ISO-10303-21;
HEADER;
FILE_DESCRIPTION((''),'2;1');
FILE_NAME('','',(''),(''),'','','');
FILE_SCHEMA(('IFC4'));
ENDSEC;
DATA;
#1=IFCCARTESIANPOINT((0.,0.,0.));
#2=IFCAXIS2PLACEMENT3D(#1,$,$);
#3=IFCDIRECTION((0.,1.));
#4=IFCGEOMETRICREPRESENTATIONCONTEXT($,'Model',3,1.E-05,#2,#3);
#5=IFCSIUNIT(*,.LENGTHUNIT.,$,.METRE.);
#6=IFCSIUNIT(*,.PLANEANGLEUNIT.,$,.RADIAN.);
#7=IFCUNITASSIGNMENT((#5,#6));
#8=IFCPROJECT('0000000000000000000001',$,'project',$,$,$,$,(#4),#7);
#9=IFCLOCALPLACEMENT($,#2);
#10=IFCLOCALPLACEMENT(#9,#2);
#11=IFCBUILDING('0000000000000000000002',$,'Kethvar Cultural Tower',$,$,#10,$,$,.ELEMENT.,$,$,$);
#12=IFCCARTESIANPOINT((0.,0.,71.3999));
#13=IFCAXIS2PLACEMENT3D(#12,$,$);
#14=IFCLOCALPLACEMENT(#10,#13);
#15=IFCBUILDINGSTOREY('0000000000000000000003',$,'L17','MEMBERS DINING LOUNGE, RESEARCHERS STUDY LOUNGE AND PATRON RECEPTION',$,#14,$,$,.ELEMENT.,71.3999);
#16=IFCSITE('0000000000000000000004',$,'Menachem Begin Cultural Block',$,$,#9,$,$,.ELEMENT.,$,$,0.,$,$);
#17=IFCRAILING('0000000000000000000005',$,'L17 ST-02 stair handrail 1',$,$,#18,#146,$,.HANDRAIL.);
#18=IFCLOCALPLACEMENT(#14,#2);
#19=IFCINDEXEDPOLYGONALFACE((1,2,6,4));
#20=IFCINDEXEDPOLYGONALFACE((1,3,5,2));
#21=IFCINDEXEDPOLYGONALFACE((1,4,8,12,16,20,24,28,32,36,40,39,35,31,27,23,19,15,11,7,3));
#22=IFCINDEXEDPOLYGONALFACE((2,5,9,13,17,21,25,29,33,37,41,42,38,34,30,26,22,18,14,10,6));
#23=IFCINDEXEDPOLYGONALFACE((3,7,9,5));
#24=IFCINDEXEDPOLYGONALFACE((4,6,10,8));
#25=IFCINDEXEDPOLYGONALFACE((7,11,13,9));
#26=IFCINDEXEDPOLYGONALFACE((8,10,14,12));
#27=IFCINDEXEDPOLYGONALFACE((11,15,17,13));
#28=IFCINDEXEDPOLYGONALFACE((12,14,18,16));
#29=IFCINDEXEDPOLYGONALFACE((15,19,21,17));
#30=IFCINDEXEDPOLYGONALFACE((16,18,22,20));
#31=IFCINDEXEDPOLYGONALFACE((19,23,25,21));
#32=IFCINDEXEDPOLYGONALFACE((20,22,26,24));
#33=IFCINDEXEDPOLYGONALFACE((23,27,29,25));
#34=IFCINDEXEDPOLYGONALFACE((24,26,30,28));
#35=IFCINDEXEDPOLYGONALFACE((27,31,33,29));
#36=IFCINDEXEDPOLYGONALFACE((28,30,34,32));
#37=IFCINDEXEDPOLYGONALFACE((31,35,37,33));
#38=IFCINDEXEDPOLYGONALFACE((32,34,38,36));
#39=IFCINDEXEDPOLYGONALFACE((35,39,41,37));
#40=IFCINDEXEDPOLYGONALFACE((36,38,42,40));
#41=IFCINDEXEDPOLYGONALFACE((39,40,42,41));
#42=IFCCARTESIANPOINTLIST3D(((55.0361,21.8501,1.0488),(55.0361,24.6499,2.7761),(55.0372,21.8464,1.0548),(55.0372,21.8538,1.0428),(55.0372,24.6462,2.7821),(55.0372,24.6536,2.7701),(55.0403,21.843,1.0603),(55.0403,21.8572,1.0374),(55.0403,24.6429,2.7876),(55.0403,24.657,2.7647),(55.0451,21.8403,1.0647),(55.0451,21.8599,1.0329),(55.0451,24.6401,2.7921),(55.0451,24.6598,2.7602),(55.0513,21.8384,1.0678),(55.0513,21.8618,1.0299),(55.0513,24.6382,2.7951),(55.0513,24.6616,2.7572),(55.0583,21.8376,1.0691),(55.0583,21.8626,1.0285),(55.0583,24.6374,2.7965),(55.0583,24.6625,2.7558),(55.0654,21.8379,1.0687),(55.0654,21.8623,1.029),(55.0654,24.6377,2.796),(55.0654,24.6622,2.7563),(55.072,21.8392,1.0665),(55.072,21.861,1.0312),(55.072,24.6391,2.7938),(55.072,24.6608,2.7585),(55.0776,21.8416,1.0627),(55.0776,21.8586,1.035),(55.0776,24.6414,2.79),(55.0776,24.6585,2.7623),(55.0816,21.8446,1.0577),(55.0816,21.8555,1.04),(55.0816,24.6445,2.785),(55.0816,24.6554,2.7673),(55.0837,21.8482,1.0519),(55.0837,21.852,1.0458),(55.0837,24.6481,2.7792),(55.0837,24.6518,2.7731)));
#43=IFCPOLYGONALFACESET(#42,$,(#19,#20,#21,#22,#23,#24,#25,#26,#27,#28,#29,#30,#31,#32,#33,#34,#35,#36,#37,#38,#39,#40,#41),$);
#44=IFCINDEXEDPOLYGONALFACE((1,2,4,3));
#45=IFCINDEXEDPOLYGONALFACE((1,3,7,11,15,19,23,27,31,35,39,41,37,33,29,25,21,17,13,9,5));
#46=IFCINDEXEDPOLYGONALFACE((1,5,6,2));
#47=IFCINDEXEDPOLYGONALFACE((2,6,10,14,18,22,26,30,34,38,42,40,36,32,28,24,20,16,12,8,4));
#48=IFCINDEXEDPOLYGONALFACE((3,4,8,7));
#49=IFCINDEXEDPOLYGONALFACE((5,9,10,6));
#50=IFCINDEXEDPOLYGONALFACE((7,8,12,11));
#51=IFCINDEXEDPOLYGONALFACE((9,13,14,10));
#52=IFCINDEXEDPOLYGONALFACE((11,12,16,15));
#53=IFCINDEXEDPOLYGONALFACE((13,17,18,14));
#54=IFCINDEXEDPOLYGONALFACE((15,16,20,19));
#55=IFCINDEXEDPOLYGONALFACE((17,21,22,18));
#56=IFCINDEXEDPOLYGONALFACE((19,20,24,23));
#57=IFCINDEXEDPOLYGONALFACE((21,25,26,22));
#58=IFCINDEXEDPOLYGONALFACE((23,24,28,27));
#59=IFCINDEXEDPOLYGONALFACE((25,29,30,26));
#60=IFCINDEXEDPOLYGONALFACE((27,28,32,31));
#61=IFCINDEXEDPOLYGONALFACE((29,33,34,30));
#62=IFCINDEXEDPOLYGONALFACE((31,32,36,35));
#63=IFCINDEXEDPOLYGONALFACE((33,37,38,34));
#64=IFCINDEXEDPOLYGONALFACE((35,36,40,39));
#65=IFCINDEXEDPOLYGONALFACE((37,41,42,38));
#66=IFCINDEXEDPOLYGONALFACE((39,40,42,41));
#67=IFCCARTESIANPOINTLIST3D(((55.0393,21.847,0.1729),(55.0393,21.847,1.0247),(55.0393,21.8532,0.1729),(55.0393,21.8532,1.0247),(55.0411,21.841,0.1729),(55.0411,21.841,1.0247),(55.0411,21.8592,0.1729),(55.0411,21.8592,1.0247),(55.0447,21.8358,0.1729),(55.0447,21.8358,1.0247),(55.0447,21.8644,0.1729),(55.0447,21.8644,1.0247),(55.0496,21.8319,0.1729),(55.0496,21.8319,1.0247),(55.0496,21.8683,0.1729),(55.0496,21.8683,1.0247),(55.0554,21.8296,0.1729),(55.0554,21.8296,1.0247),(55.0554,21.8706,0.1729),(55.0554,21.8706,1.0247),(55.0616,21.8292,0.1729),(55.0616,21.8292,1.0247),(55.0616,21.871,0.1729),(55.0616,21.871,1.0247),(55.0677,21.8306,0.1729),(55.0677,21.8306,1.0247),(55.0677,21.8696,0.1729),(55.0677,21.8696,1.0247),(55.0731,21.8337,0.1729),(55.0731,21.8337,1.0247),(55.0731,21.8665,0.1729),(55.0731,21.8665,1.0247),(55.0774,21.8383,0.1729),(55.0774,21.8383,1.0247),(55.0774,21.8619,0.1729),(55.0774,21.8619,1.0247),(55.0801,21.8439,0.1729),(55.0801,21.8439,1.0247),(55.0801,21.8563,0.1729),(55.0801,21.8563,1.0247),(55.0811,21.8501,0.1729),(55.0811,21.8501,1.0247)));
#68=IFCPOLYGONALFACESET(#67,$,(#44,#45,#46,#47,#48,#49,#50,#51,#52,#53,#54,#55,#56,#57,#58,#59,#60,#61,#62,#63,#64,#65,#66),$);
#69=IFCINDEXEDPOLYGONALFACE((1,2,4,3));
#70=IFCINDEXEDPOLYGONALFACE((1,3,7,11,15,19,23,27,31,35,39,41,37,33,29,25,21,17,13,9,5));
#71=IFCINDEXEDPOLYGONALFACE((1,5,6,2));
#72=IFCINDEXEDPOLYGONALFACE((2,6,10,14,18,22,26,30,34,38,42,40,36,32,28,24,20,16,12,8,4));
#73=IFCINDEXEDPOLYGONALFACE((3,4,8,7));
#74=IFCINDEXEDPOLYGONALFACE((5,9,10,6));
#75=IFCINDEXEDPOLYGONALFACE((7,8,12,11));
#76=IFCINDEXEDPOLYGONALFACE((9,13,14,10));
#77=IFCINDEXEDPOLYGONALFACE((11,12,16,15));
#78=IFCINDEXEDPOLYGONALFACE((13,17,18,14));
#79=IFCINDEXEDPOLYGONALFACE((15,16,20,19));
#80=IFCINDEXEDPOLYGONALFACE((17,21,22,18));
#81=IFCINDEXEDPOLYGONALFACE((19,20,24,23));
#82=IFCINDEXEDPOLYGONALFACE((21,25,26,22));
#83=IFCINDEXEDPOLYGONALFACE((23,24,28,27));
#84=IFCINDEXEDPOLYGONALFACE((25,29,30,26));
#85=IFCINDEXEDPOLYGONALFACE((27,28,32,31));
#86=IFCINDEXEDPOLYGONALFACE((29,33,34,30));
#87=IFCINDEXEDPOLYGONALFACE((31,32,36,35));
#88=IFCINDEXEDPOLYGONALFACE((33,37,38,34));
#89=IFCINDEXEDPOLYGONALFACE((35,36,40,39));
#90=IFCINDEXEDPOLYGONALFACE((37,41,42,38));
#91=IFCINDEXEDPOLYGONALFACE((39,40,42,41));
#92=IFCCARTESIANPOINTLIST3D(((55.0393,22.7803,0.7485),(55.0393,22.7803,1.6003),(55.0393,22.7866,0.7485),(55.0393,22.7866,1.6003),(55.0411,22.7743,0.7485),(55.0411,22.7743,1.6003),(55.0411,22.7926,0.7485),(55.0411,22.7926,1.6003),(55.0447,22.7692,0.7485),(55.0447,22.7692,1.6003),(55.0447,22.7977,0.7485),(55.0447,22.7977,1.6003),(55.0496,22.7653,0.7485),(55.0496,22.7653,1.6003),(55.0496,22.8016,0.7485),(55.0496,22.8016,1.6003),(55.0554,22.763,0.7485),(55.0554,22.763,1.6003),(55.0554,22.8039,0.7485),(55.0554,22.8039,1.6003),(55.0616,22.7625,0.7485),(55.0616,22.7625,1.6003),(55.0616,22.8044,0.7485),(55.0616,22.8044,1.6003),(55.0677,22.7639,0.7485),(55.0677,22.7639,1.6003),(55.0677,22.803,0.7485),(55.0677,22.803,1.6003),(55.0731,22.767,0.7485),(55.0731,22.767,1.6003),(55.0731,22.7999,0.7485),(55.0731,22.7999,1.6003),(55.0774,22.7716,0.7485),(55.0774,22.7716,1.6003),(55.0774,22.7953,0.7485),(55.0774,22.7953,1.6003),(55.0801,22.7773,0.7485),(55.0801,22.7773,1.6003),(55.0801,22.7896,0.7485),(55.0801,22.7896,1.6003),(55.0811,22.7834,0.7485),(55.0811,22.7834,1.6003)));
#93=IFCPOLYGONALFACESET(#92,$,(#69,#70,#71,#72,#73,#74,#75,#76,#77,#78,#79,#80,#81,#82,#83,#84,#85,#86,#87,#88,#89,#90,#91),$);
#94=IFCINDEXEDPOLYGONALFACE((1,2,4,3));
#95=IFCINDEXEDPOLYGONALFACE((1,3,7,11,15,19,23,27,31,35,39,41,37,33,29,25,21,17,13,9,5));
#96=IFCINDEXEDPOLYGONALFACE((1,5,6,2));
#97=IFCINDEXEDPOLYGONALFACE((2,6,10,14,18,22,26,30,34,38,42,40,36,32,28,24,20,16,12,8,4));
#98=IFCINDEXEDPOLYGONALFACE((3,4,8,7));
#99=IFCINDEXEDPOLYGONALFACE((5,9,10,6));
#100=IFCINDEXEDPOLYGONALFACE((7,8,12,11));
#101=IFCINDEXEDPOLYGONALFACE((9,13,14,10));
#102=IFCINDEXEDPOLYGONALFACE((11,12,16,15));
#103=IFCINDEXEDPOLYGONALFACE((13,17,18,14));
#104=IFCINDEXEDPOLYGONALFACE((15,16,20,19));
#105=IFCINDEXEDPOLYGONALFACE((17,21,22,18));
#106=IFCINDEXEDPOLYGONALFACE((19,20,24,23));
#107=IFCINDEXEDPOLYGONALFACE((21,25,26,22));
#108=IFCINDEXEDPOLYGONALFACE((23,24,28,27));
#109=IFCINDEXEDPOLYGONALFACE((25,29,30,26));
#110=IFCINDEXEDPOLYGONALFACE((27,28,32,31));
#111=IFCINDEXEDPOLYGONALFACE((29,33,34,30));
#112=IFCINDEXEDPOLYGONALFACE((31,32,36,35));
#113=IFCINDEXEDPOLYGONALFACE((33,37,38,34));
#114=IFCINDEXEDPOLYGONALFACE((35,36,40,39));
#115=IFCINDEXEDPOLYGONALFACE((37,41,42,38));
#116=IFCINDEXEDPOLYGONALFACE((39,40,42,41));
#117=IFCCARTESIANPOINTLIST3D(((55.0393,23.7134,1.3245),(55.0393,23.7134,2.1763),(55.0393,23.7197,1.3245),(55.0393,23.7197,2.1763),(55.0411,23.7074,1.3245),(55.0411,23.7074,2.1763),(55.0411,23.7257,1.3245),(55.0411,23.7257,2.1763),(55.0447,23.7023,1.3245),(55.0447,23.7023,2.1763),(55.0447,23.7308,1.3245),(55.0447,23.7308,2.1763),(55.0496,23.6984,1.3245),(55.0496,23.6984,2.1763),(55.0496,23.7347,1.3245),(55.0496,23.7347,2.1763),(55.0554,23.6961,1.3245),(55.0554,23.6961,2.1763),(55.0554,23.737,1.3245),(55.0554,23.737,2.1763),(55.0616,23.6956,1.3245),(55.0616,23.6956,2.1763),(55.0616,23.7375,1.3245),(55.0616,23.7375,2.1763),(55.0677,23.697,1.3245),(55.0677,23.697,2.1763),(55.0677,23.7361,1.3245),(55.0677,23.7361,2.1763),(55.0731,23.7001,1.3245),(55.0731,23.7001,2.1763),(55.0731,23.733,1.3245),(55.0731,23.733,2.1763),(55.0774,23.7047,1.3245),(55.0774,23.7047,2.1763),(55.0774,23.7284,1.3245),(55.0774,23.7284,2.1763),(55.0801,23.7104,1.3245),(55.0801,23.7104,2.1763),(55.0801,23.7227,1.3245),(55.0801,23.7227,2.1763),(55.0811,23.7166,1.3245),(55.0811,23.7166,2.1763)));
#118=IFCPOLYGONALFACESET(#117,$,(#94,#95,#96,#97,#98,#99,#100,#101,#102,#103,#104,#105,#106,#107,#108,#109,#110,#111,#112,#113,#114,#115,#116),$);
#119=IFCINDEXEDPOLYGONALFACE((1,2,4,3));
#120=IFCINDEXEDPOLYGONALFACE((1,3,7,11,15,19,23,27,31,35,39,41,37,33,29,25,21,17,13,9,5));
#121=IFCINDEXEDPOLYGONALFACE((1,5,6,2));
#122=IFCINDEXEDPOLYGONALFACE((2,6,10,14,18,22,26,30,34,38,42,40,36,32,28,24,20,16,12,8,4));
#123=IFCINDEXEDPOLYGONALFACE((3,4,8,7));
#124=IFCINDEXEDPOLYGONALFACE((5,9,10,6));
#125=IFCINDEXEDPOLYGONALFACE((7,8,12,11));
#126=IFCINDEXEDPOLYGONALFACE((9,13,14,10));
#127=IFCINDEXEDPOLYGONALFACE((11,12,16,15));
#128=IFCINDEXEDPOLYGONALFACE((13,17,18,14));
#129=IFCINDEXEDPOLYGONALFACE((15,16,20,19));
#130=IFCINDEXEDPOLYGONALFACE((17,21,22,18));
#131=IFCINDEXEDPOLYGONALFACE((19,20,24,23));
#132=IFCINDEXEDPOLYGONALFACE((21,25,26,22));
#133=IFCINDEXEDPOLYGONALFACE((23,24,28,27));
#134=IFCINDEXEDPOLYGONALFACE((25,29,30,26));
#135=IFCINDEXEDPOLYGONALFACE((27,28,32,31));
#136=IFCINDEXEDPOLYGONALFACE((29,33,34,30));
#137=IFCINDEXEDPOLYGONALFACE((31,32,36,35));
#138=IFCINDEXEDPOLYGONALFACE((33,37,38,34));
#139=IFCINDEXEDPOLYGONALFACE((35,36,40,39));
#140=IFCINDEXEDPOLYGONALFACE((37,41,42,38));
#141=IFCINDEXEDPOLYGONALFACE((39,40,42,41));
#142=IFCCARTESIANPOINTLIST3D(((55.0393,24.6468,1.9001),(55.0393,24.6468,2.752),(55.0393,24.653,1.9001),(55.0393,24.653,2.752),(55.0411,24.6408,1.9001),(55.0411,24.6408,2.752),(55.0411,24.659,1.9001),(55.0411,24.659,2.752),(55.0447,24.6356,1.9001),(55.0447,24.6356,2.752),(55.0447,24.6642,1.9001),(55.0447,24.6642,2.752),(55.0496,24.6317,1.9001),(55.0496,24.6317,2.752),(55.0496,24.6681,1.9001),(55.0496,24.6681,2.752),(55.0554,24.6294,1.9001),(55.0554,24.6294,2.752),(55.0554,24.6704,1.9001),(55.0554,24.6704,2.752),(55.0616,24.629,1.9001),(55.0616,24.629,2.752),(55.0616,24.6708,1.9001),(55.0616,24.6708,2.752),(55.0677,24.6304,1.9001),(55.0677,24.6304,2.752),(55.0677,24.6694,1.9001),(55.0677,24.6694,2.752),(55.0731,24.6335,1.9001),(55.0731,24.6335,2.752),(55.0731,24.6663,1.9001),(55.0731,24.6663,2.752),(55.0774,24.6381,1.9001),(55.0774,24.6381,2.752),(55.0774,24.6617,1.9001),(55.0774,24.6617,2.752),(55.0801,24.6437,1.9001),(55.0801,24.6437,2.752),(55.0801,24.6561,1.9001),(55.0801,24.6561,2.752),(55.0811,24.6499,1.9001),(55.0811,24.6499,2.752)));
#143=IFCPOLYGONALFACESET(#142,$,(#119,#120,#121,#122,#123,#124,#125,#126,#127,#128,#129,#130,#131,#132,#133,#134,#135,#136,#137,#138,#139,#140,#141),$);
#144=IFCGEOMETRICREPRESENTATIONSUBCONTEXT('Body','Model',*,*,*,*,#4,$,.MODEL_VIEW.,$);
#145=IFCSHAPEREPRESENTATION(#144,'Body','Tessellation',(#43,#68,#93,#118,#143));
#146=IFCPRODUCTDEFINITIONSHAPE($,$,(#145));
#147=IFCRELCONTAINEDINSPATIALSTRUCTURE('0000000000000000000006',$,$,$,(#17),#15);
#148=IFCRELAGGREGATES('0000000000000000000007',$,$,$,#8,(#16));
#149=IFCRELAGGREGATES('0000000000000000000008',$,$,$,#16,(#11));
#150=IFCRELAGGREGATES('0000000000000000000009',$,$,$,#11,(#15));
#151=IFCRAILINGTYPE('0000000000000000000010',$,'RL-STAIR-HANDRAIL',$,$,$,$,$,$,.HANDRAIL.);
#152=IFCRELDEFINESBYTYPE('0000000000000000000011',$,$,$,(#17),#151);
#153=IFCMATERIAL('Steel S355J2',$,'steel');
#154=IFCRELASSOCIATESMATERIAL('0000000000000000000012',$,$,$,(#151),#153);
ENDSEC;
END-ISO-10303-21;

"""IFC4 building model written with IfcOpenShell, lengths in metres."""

from ifc_helpers import new_model, si_unit, direction, frame, origin, origin_2d, place, context, subcontext, project, spatial, circle, extrude, material, type_object, element, save


model = new_model("IFC4")

# Units and contexts
model_context = context("Model", 3, precision=1e-05, world=origin(), true_north=direction((0.0, 1.0)))
body_context = subcontext(model_context, "Body", "Model", "MODEL_VIEW")
ifc_project = project(units=[si_unit("LENGTHUNIT", "METRE"), si_unit("PLANEANGLEUNIT", "RADIAN")], contexts=[model_context])

# Site, building, storey
site_placement = place(None, origin())
site = spatial("IfcSite", under=ifc_project, at=site_placement, Name="Menachem Begin Cultural Block", CompositionType="ELEMENT", RefElevation=0.0)
building_placement = place(site_placement, origin())
building = spatial("IfcBuilding", under=site, at=building_placement, Name="Kethvar Cultural Tower", CompositionType="ELEMENT")
storey_placement = place(building_placement, frame((0.0, 0.0, 71.3999)))
storey = spatial("IfcBuildingStorey", under=building, at=storey_placement, Name="L17", Description="MEMBERS DINING LOUNGE, RESEARCHERS STUDY LOUNGE AND PATRON RECEPTION", CompositionType="ELEMENT", Elevation=71.3999)

# Shared definitions
ifc_material_1 = material(Name="Steel S355J2", Category="steel")

# Railing
railing_type_1 = type_object("IfcRailingType", Name="RL-STAIR-HANDRAIL", PredefinedType="HANDRAIL", material=ifc_material_1)
railing_1_placement = place(storey_placement, frame((55.0601, 21.8501, 0.1729)))
element("IfcRailing", 1, at=railing_1_placement, inside=storey, type_object=railing_type_1, Name="L17 ST-02 stair handrail 1", PredefinedType="HANDRAIL", context=body_context, shape_type="SweptSolid", body=[
    extrude(circle(Radius=0.0239, at=origin_2d()), frame((0.0, 0.0, 0.876), z_axis=(0.0, 0.851069, 0.525054), x_axis=(-1.0, 0.0, 0.0)), (0.0, 0.0, 1.0), 3.2898),
    extrude(circle(Radius=0.021, at=origin_2d()), origin(), (0.0, 0.0, 1.0), 0.8518),
    extrude(circle(Radius=0.021, at=origin_2d()), frame((0.0, 0.9333, 0.5757)), (0.0, 0.0, 1.0), 0.8518),
    extrude(circle(Radius=0.021, at=origin_2d()), frame((0.0, 1.8665, 1.1516)), (0.0, 0.0, 1.0), 0.8518),
    extrude(circle(Radius=0.021, at=origin_2d()), frame((0.0, 2.7998, 1.7273)), (0.0, 0.0, 1.0), 0.8518),
])

save(model, "model.ifc")
